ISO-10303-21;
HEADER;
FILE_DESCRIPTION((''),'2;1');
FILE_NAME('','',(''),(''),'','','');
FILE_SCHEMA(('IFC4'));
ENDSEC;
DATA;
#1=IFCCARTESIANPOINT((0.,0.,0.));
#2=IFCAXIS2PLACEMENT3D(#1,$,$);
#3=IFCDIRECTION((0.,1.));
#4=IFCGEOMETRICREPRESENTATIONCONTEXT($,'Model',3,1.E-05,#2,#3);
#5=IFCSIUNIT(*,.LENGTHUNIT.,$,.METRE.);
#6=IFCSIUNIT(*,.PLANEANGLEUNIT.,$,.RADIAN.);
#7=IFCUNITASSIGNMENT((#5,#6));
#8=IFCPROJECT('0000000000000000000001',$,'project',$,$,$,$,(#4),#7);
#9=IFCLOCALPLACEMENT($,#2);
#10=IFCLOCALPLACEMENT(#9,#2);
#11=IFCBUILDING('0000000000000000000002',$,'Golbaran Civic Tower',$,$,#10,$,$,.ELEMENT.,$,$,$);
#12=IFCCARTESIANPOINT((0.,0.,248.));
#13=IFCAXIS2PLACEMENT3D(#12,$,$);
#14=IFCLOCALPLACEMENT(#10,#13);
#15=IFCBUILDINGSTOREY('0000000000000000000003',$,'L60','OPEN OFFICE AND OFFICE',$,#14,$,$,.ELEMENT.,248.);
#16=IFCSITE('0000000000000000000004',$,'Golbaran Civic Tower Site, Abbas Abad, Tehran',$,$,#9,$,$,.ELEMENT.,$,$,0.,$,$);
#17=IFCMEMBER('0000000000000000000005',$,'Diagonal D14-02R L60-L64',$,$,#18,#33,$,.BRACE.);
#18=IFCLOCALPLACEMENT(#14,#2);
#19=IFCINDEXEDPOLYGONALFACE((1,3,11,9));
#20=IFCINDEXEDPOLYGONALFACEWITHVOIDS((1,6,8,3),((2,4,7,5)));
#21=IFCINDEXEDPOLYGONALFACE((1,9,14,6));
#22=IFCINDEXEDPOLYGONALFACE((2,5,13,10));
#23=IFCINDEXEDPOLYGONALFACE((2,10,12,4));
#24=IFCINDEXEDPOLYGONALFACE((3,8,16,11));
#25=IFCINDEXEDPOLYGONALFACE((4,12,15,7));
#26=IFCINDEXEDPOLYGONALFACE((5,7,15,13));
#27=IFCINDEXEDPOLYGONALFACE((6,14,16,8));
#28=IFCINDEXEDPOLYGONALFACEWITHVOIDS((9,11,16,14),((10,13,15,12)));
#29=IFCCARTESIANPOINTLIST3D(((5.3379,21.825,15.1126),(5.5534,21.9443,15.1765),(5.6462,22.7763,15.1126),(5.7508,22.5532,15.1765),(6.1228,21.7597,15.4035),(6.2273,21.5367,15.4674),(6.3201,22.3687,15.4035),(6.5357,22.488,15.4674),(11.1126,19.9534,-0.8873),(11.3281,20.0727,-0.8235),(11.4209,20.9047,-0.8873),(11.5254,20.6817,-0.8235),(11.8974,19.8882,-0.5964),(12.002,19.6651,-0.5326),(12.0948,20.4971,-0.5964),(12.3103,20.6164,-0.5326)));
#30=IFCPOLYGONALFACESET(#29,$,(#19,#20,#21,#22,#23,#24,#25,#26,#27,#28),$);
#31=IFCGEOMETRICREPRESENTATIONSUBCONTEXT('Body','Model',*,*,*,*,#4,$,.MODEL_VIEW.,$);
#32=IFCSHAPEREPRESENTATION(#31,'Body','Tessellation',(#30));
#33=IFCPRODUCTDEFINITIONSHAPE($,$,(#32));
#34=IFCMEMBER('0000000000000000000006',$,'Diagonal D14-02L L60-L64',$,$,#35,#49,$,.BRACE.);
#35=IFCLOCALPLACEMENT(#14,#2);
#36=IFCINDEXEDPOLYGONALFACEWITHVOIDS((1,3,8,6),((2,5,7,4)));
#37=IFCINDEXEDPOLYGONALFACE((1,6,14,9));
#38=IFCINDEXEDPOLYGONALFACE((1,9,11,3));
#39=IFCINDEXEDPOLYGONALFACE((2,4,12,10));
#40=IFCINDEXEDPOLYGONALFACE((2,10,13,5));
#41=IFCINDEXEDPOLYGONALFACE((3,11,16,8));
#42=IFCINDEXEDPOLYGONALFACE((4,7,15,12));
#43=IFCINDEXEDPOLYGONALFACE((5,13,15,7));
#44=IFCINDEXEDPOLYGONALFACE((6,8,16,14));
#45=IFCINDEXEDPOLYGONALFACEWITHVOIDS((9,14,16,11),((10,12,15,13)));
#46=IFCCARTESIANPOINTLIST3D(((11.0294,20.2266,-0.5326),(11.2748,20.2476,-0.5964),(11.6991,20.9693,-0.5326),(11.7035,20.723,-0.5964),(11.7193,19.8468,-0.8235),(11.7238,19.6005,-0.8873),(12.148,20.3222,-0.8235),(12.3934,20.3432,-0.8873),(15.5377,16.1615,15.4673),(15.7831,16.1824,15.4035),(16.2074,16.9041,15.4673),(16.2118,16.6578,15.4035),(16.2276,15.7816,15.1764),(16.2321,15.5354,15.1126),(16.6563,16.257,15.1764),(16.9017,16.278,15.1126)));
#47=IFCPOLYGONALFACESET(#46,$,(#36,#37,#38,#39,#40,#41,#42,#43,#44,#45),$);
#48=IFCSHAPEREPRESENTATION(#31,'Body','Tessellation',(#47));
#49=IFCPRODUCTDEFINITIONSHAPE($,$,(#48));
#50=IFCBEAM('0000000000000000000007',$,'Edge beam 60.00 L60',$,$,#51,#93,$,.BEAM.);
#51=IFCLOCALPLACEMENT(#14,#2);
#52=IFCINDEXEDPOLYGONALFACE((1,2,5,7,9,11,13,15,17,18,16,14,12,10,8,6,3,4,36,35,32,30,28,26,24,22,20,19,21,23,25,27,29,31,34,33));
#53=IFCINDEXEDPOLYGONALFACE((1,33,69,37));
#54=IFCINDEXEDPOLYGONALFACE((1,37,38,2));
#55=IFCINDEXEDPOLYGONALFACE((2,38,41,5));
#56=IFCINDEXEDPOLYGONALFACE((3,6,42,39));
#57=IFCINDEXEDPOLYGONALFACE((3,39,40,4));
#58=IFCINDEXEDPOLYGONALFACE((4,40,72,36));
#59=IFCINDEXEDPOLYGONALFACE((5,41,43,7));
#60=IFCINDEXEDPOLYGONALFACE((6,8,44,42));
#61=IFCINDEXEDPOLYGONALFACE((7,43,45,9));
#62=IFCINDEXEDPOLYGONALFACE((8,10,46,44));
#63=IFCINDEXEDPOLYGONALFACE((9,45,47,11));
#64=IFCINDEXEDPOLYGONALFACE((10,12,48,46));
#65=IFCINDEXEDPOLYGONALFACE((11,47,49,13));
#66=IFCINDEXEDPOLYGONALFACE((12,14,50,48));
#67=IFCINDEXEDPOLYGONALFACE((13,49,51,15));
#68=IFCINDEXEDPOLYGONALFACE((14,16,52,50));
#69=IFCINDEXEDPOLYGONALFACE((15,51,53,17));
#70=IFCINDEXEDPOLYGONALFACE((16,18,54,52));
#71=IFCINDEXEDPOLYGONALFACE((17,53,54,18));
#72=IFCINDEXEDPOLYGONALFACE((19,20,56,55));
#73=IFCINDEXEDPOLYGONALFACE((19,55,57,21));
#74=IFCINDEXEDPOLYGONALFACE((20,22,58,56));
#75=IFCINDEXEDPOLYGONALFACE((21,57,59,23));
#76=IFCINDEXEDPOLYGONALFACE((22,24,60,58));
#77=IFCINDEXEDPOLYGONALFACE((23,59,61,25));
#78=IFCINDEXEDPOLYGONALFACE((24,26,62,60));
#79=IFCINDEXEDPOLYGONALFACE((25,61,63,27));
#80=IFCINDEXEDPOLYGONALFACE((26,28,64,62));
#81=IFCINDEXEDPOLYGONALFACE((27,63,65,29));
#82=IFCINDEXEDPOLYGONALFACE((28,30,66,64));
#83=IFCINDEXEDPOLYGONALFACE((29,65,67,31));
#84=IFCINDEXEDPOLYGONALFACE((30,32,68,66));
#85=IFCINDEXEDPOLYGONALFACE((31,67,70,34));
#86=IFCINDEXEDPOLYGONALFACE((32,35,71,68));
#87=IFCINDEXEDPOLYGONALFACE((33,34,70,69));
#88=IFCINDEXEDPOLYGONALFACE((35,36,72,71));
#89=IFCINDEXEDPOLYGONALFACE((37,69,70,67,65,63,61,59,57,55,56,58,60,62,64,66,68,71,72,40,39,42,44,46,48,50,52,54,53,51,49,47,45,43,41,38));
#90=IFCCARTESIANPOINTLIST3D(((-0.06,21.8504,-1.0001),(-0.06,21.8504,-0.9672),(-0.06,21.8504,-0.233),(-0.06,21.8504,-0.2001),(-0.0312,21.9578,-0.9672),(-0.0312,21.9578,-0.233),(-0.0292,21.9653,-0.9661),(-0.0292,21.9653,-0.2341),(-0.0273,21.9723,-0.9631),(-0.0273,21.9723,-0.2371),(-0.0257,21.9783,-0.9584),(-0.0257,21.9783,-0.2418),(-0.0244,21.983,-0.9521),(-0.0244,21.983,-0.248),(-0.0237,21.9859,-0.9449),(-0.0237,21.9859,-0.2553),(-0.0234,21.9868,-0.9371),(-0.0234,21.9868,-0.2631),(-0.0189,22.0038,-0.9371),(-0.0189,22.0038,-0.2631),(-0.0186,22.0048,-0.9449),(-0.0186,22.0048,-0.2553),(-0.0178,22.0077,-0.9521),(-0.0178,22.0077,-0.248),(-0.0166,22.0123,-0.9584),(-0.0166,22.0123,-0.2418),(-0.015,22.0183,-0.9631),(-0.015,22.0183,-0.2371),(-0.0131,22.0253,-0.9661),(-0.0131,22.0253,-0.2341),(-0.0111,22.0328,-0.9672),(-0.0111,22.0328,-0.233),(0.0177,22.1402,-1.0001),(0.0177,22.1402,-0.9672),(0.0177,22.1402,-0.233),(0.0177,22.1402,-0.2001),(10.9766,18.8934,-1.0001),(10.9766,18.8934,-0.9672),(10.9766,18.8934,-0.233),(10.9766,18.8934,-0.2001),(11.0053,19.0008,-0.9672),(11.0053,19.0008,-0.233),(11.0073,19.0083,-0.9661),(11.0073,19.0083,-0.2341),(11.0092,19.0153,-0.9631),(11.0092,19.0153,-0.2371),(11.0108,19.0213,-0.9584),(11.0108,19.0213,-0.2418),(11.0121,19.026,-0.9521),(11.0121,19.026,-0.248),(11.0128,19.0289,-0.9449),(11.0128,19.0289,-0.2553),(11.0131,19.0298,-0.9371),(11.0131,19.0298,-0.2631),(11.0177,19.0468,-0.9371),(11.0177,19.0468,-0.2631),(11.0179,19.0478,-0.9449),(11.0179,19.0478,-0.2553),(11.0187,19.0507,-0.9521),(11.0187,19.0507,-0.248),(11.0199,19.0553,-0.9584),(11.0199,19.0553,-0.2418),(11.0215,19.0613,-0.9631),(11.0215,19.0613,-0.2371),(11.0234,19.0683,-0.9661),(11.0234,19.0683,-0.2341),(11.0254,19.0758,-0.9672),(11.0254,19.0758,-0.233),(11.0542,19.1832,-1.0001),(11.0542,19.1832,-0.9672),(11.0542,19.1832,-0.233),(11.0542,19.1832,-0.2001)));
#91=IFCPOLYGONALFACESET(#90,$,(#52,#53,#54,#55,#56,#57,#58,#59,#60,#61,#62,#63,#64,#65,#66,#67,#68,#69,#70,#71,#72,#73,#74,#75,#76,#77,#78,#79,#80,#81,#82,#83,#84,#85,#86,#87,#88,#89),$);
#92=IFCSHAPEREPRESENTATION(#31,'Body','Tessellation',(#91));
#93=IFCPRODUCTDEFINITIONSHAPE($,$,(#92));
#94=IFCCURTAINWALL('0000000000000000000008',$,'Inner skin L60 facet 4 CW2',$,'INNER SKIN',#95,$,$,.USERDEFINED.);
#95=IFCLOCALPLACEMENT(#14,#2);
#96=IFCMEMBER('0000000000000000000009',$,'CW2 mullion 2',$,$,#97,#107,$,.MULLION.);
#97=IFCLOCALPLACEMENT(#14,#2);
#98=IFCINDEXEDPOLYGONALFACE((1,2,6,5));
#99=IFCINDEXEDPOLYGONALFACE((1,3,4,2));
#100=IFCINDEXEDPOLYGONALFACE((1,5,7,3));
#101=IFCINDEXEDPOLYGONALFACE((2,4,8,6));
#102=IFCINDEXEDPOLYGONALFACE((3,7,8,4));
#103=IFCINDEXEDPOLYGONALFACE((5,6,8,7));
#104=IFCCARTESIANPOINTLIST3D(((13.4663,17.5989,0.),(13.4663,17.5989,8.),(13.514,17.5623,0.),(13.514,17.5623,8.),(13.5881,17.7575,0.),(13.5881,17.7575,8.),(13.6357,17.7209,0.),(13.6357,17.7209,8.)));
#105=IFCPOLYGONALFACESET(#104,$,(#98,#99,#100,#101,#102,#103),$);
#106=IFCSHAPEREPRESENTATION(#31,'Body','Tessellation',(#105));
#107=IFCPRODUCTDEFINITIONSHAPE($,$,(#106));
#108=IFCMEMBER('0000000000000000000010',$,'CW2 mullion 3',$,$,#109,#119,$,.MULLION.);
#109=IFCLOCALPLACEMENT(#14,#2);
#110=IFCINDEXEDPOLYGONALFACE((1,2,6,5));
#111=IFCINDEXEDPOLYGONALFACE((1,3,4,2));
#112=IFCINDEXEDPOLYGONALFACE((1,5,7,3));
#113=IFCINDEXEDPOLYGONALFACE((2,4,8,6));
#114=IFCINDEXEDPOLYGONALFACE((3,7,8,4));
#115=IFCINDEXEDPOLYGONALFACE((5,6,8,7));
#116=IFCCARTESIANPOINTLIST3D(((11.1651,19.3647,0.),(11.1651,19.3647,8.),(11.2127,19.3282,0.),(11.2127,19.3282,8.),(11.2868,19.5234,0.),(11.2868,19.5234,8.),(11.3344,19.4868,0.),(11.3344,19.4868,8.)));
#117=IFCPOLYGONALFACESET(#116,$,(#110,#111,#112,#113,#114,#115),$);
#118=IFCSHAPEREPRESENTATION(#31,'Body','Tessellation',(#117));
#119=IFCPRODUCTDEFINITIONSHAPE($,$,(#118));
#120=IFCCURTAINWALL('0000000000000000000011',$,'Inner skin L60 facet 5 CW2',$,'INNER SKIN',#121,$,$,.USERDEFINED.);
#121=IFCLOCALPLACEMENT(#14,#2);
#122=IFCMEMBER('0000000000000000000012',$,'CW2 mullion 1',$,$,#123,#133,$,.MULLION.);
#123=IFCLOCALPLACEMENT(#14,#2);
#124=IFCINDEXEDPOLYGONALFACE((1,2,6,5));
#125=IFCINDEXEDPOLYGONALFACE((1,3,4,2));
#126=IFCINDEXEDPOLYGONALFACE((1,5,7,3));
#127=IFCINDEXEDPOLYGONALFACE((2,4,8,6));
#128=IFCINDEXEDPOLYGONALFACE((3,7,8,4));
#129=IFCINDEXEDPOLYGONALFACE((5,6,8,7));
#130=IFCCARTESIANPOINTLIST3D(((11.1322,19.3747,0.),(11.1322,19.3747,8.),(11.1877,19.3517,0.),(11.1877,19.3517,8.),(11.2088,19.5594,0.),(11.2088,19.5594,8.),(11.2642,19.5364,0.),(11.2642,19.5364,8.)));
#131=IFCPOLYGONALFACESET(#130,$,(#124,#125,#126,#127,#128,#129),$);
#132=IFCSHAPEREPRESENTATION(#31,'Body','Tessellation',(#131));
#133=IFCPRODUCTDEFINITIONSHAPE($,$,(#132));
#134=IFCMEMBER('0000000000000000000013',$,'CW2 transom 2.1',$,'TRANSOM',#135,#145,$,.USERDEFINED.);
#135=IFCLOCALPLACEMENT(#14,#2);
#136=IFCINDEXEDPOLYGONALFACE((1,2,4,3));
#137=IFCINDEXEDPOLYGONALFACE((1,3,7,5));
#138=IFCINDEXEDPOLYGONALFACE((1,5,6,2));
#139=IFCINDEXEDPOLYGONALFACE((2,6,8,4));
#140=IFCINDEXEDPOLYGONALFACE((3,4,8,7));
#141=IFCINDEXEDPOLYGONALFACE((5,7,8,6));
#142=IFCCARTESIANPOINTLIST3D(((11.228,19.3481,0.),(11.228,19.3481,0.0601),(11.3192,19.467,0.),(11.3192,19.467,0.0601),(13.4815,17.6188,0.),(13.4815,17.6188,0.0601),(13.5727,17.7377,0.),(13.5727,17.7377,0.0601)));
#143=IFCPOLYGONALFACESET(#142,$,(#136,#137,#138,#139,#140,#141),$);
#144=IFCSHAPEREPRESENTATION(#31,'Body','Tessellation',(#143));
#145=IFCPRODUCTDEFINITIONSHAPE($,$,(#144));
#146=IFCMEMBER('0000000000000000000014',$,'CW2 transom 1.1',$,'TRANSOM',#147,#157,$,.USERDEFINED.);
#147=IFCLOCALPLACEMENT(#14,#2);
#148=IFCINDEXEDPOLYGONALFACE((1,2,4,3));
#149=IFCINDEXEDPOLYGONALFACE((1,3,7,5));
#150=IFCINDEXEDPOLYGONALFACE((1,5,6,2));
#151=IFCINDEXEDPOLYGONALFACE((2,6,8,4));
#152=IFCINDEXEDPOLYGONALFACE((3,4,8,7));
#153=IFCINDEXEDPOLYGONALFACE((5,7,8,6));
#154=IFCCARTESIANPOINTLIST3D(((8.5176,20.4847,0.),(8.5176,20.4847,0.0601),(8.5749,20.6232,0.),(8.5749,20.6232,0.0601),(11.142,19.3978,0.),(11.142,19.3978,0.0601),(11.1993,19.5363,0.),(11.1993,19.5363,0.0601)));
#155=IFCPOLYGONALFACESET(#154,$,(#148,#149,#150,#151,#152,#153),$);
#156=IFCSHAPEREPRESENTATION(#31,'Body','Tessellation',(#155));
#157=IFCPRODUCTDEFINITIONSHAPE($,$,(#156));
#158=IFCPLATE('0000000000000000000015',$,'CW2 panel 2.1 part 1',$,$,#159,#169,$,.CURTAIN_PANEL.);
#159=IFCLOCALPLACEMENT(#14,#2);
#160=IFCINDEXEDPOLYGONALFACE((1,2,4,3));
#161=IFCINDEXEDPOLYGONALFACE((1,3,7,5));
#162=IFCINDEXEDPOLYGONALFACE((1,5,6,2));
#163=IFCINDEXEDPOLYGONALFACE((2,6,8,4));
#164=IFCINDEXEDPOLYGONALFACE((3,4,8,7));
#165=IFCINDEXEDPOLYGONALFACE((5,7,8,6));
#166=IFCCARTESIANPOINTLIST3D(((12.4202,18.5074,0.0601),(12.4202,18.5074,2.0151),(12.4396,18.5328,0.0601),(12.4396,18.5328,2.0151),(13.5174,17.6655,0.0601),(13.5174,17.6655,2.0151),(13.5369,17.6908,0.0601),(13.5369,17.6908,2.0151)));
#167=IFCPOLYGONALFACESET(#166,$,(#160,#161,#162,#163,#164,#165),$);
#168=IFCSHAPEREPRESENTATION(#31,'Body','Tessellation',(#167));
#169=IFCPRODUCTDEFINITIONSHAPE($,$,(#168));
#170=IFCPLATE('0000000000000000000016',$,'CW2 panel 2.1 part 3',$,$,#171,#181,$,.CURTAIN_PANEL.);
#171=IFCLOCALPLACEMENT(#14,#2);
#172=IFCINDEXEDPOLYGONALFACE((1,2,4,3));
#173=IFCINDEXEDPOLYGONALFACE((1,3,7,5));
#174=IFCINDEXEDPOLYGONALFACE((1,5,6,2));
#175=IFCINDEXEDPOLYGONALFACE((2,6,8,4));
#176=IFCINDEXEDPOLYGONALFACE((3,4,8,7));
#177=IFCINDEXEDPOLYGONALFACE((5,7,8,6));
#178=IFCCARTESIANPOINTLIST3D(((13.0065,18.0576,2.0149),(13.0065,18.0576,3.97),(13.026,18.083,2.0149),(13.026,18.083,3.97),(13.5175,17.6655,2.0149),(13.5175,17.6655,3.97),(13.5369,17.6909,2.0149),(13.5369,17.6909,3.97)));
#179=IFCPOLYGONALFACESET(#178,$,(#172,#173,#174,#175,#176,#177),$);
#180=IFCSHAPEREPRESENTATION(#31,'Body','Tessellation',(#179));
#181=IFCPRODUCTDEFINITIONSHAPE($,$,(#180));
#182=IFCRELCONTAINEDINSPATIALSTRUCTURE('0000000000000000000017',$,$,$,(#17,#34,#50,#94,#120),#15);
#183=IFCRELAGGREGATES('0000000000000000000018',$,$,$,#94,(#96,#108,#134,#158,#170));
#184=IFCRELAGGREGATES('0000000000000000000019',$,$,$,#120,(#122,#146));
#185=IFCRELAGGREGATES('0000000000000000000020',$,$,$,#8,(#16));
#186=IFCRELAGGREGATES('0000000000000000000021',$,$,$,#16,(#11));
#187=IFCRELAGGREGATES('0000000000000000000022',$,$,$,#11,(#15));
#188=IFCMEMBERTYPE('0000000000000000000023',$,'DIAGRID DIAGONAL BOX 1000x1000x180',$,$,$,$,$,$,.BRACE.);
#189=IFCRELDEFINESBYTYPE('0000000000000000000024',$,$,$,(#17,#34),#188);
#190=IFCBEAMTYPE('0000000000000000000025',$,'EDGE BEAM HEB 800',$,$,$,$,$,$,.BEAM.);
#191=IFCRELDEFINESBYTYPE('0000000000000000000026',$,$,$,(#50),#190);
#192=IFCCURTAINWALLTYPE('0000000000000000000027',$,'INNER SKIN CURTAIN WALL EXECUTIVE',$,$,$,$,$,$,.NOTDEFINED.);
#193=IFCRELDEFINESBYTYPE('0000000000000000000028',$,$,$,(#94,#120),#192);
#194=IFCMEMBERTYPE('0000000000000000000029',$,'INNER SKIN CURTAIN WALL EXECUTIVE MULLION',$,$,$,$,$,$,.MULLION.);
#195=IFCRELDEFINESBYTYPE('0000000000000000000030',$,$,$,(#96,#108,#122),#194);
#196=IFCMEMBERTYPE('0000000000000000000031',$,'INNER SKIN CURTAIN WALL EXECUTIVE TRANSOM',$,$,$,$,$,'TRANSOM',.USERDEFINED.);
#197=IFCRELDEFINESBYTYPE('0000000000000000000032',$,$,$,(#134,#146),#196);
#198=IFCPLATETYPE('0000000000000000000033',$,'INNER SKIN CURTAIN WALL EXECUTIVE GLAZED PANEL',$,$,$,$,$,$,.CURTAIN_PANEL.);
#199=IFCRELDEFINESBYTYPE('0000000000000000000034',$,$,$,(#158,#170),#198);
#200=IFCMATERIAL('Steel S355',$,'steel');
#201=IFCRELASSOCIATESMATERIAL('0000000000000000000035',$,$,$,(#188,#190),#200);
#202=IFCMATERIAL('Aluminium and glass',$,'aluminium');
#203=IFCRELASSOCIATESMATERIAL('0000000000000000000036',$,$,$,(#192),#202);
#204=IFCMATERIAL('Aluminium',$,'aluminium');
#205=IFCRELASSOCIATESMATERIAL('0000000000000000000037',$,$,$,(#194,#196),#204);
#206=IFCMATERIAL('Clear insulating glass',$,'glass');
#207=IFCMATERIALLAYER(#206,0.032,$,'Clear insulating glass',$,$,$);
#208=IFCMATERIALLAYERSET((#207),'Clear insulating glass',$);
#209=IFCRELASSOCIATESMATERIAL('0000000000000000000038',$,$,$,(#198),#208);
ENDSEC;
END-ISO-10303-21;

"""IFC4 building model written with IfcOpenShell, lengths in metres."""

from ifc_helpers import new_model, si_unit, direction, frame, origin, origin_2d, place, context, subcontext, project, spatial, rectangle, hollow_rectangle, i_section, extrude, material, layer, layer_set, material_profile, profile_set, type_object, element, aggregate, save


model = new_model("IFC4")

# Units and contexts
model_context = context("Model", 3, precision=1e-05, world=origin(), true_north=direction((0.0, 1.0)))
body_context = subcontext(model_context, "Body", "Model", "MODEL_VIEW")
ifc_project = project(units=[si_unit("LENGTHUNIT", "METRE"), si_unit("PLANEANGLEUNIT", "RADIAN")], contexts=[model_context])

# Site, building, storey
site_placement = place(None, origin())
site = spatial("IfcSite", under=ifc_project, at=site_placement, Name="Golbaran Civic Tower Site, Abbas Abad, Tehran", CompositionType="ELEMENT", RefElevation=0.0)
building_placement = place(site_placement, origin())
building = spatial("IfcBuilding", under=site, at=building_placement, Name="Golbaran Civic Tower", CompositionType="ELEMENT")
storey_placement = place(building_placement, frame((0.0, 0.0, 248.0)))
storey = spatial("IfcBuildingStorey", under=building, at=storey_placement, Name="L60", Description="OPEN OFFICE AND OFFICE", CompositionType="ELEMENT", Elevation=248.0)

# Members
ifc_material_1 = material(Name="Steel S355", Category="steel")
ifc_material_profile_1 = material_profile(ifc_material_1, hollow_rectangle(XDim=1.0, YDim=1.0, WallThickness=0.1799, at=origin_2d()), Name="BOX 1000x1000x180")
ifc_profile_set_1 = profile_set([ifc_material_profile_1], Name="Steel S355")
member_type_1 = type_object("IfcMemberType", Name="DIAGRID DIAGONAL BOX 1000x1000x180", PredefinedType="BRACE", material=ifc_profile_set_1)
for number, where, z_axis, x_axis, name in (
    (1, (11.7114, 20.2849, -0.71), (-0.337446, 0.109367, 0.93497), (-0.308314, -0.951285, 0.0), "Diagonal D14-02R L60-L64"),
    (2, (11.7114, 20.2849, -0.71), (0.263445, -0.237551, 0.934969), (0.669667, 0.742662, 0.0), "Diagonal D14-02L L60-L64"),
):
    element("IfcMember", number, at=place(storey_placement, frame(where, z_axis=z_axis, x_axis=x_axis)), inside=storey, type_object=member_type_1, Name=name, PredefinedType="BRACE", context=body_context, shape_type="SweptSolid", body=[
        extrude(hollow_rectangle(XDim=1.0, YDim=1.0, WallThickness=0.1799, at=origin_2d()), origin(), (0.0, 0.0, 1.0), 17.1128),
    ])

# Beam
ifc_material_profile_2 = material_profile(ifc_material_1, i_section(OverallWidth=0.3, OverallDepth=0.8, WebThickness=0.0176, FlangeThickness=0.033, FilletRadius=0.03, at=origin_2d()), Name="HEB 800")
ifc_profile_set_2 = profile_set([ifc_material_profile_2], Name="Steel S355")
beam_type = type_object("IfcBeamType", Name="EDGE BEAM HEB 800", PredefinedType="BEAM", material=ifc_profile_set_2)
beam_placement = place(storey_placement, frame((11.0154, 19.0383, -0.6001), z_axis=(-0.965931, 0.258801, 0.0), x_axis=(-0.258801, -0.965931, 0.0)))
element("IfcBeam", 3, at=beam_placement, inside=storey, type_object=beam_type, Name="Edge beam 60.00 L60", PredefinedType="BEAM", context=body_context, shape_type="SweptSolid", body=[
    extrude(i_section(OverallWidth=0.3, OverallDepth=0.8, WebThickness=0.0176, FlangeThickness=0.033, FilletRadius=0.03, at=origin_2d()), origin(), (0.0, 0.0, 1.0), 11.4258),
])

# Curtain wall, members
ifc_material_2 = material(Name="Aluminium and glass", Category="aluminium")
curtain_wall_type_1 = type_object("IfcCurtainWallType", Name="INNER SKIN CURTAIN WALL EXECUTIVE", PredefinedType="NOTDEFINED", material=ifc_material_2)
curtain_wall_1_placement = place(storey_placement, origin())
curtain_wall_1 = element("IfcCurtainWall", 4, at=curtain_wall_1_placement, inside=storey, type_object=curtain_wall_type_1, Name="Inner skin L60 facet 4 CW2", ObjectType="INNER SKIN", PredefinedType="USERDEFINED")
ifc_material_3 = material(Name="Aluminium", Category="aluminium")
ifc_material_profile_3 = material_profile(ifc_material_3, rectangle(XDim=0.2, YDim=0.0601, at=origin_2d()), Name="INNER SKIN CURTAIN WALL EXECUTIVE MULLION")
ifc_profile_set_3 = profile_set([ifc_material_profile_3], Name="Aluminium")
member_type_2 = type_object("IfcMemberType", Name="INNER SKIN CURTAIN WALL EXECUTIVE MULLION", PredefinedType="MULLION", material=ifc_profile_set_3)
member_1_placement = place(storey_placement, frame((13.551, 17.6599, 0.0), z_axis=(0.0, 0.0, 1.0), x_axis=(-0.608761, -0.793353, 0.0)))
member_1 = element("IfcMember", 5, at=member_1_placement, type_object=member_type_2, Name="CW2 mullion 2", PredefinedType="MULLION", context=body_context, shape_type="SweptSolid", body=[
    extrude(rectangle(XDim=0.2, YDim=0.0601, at=origin_2d()), origin(), (0.0, 0.0, 1.0), 8.0),
])
member_2_placement = place(storey_placement, frame((11.2498, 19.4258, 0.0), z_axis=(0.0, 0.0, 1.0), x_axis=(-0.608761, -0.793353, 0.0)))
member_2 = element("IfcMember", 6, at=member_2_placement, type_object=member_type_2, Name="CW2 mullion 3", PredefinedType="MULLION", context=body_context, shape_type="SweptSolid", body=[
    extrude(rectangle(XDim=0.2, YDim=0.0601, at=origin_2d()), origin(), (0.0, 0.0, 1.0), 8.0),
])

# Curtain wall, member
curtain_wall_2_placement = place(storey_placement, origin())
curtain_wall_2 = element("IfcCurtainWall", 7, at=curtain_wall_2_placement, inside=storey, type_object=curtain_wall_type_1, Name="Inner skin L60 facet 5 CW2", ObjectType="INNER SKIN", PredefinedType="USERDEFINED")
member_3_placement = place(storey_placement, frame((11.1982, 19.4556, 0.0), z_axis=(0.0, 0.0, 1.0), x_axis=(-0.382683, -0.92388, 0.0)))
member_3 = element("IfcMember", 8, at=member_3_placement, type_object=member_type_2, Name="CW2 mullion 1", PredefinedType="MULLION", context=body_context, shape_type="SweptSolid", body=[
    extrude(rectangle(XDim=0.2, YDim=0.0601, at=origin_2d()), origin(), (0.0, 0.0, 1.0), 8.0),
])

# Members
ifc_material_profile_4 = material_profile(ifc_material_3, rectangle(XDim=0.1499, YDim=0.0601, at=origin_2d()), Name="INNER SKIN CURTAIN WALL EXECUTIVE TRANSOM")
ifc_profile_set_4 = profile_set([ifc_material_profile_4], Name="Aluminium")
member_type_3 = type_object("IfcMemberType", Name="INNER SKIN CURTAIN WALL EXECUTIVE TRANSOM", ElementType="TRANSOM", PredefinedType="USERDEFINED", material=ifc_profile_set_4)
member_4_placement = place(storey_placement, frame((13.5271, 17.6782, 0.03), z_axis=(-0.79333, 0.608792, 0.0), x_axis=(-0.608792, -0.79333, 0.0)))
member_4 = element("IfcMember", 9, at=member_4_placement, type_object=member_type_3, Name="CW2 transom 2.1", ObjectType="TRANSOM", PredefinedType="USERDEFINED", context=body_context, shape_type="SweptSolid", body=[
    extrude(rectangle(XDim=0.1499, YDim=0.0601, at=origin_2d()), origin(), (0.0, 0.0, 1.0), 2.8406),
])
member_5_placement = place(storey_placement, frame((11.1707, 19.467, 0.03), z_axis=(-0.923904, 0.382625, 0.0), x_axis=(-0.382625, -0.923904, 0.0)))
member_5 = element("IfcMember", 10, at=member_5_placement, type_object=member_type_3, Name="CW2 transom 1.1", ObjectType="TRANSOM", PredefinedType="USERDEFINED", context=body_context, shape_type="SweptSolid", body=[
    extrude(rectangle(XDim=0.1499, YDim=0.0601, at=origin_2d()), origin(), (0.0, 0.0, 1.0), 2.8406),
])

# Plates
ifc_material_4 = material(Name="Clear insulating glass", Category="glass")
ifc_layer_1 = layer(ifc_material_4, 0.032, Name="Clear insulating glass")
ifc_layer_set_1 = layer_set([ifc_layer_1], Name="Clear insulating glass")
plate_type_1 = type_object("IfcPlateType", Name="INNER SKIN CURTAIN WALL EXECUTIVE GLAZED PANEL", PredefinedType="CURTAIN_PANEL", material=ifc_layer_set_1)
plate_1_placement = place(storey_placement, frame((12.9785, 18.0991, 0.0601), z_axis=(0.0, 0.0, 1.0), x_axis=(-0.793353, 0.608761, 0.0)))
plate_1 = element("IfcPlate", 11, at=plate_1_placement, type_object=plate_type_1, Name="CW2 panel 2.1 part 1", PredefinedType="CURTAIN_PANEL", context=body_context, shape_type="SweptSolid", body=[
    extrude(rectangle(XDim=1.3831, YDim=0.032, at=origin_2d()), origin(), (0.0, 0.0, 1.0), 1.9551),
])
plate_2_placement = place(storey_placement, frame((13.2717, 17.8743, 2.0149), z_axis=(0.0, 0.0, 1.0), x_axis=(-0.793353, 0.608761, 0.0)))
plate_2 = element("IfcPlate", 12, at=plate_2_placement, type_object=plate_type_1, Name="CW2 panel 2.1 part 3", PredefinedType="CURTAIN_PANEL", context=body_context, shape_type="SweptSolid", body=[
    extrude(rectangle(XDim=0.644, YDim=0.032, at=origin_2d()), origin(), (0.0, 0.0, 1.0), 1.9551),
])
aggregate(curtain_wall_1, [member_1, member_2, member_4, plate_1, plate_2])
aggregate(curtain_wall_2, [member_3, member_5])

save(model, "model.ifc")
